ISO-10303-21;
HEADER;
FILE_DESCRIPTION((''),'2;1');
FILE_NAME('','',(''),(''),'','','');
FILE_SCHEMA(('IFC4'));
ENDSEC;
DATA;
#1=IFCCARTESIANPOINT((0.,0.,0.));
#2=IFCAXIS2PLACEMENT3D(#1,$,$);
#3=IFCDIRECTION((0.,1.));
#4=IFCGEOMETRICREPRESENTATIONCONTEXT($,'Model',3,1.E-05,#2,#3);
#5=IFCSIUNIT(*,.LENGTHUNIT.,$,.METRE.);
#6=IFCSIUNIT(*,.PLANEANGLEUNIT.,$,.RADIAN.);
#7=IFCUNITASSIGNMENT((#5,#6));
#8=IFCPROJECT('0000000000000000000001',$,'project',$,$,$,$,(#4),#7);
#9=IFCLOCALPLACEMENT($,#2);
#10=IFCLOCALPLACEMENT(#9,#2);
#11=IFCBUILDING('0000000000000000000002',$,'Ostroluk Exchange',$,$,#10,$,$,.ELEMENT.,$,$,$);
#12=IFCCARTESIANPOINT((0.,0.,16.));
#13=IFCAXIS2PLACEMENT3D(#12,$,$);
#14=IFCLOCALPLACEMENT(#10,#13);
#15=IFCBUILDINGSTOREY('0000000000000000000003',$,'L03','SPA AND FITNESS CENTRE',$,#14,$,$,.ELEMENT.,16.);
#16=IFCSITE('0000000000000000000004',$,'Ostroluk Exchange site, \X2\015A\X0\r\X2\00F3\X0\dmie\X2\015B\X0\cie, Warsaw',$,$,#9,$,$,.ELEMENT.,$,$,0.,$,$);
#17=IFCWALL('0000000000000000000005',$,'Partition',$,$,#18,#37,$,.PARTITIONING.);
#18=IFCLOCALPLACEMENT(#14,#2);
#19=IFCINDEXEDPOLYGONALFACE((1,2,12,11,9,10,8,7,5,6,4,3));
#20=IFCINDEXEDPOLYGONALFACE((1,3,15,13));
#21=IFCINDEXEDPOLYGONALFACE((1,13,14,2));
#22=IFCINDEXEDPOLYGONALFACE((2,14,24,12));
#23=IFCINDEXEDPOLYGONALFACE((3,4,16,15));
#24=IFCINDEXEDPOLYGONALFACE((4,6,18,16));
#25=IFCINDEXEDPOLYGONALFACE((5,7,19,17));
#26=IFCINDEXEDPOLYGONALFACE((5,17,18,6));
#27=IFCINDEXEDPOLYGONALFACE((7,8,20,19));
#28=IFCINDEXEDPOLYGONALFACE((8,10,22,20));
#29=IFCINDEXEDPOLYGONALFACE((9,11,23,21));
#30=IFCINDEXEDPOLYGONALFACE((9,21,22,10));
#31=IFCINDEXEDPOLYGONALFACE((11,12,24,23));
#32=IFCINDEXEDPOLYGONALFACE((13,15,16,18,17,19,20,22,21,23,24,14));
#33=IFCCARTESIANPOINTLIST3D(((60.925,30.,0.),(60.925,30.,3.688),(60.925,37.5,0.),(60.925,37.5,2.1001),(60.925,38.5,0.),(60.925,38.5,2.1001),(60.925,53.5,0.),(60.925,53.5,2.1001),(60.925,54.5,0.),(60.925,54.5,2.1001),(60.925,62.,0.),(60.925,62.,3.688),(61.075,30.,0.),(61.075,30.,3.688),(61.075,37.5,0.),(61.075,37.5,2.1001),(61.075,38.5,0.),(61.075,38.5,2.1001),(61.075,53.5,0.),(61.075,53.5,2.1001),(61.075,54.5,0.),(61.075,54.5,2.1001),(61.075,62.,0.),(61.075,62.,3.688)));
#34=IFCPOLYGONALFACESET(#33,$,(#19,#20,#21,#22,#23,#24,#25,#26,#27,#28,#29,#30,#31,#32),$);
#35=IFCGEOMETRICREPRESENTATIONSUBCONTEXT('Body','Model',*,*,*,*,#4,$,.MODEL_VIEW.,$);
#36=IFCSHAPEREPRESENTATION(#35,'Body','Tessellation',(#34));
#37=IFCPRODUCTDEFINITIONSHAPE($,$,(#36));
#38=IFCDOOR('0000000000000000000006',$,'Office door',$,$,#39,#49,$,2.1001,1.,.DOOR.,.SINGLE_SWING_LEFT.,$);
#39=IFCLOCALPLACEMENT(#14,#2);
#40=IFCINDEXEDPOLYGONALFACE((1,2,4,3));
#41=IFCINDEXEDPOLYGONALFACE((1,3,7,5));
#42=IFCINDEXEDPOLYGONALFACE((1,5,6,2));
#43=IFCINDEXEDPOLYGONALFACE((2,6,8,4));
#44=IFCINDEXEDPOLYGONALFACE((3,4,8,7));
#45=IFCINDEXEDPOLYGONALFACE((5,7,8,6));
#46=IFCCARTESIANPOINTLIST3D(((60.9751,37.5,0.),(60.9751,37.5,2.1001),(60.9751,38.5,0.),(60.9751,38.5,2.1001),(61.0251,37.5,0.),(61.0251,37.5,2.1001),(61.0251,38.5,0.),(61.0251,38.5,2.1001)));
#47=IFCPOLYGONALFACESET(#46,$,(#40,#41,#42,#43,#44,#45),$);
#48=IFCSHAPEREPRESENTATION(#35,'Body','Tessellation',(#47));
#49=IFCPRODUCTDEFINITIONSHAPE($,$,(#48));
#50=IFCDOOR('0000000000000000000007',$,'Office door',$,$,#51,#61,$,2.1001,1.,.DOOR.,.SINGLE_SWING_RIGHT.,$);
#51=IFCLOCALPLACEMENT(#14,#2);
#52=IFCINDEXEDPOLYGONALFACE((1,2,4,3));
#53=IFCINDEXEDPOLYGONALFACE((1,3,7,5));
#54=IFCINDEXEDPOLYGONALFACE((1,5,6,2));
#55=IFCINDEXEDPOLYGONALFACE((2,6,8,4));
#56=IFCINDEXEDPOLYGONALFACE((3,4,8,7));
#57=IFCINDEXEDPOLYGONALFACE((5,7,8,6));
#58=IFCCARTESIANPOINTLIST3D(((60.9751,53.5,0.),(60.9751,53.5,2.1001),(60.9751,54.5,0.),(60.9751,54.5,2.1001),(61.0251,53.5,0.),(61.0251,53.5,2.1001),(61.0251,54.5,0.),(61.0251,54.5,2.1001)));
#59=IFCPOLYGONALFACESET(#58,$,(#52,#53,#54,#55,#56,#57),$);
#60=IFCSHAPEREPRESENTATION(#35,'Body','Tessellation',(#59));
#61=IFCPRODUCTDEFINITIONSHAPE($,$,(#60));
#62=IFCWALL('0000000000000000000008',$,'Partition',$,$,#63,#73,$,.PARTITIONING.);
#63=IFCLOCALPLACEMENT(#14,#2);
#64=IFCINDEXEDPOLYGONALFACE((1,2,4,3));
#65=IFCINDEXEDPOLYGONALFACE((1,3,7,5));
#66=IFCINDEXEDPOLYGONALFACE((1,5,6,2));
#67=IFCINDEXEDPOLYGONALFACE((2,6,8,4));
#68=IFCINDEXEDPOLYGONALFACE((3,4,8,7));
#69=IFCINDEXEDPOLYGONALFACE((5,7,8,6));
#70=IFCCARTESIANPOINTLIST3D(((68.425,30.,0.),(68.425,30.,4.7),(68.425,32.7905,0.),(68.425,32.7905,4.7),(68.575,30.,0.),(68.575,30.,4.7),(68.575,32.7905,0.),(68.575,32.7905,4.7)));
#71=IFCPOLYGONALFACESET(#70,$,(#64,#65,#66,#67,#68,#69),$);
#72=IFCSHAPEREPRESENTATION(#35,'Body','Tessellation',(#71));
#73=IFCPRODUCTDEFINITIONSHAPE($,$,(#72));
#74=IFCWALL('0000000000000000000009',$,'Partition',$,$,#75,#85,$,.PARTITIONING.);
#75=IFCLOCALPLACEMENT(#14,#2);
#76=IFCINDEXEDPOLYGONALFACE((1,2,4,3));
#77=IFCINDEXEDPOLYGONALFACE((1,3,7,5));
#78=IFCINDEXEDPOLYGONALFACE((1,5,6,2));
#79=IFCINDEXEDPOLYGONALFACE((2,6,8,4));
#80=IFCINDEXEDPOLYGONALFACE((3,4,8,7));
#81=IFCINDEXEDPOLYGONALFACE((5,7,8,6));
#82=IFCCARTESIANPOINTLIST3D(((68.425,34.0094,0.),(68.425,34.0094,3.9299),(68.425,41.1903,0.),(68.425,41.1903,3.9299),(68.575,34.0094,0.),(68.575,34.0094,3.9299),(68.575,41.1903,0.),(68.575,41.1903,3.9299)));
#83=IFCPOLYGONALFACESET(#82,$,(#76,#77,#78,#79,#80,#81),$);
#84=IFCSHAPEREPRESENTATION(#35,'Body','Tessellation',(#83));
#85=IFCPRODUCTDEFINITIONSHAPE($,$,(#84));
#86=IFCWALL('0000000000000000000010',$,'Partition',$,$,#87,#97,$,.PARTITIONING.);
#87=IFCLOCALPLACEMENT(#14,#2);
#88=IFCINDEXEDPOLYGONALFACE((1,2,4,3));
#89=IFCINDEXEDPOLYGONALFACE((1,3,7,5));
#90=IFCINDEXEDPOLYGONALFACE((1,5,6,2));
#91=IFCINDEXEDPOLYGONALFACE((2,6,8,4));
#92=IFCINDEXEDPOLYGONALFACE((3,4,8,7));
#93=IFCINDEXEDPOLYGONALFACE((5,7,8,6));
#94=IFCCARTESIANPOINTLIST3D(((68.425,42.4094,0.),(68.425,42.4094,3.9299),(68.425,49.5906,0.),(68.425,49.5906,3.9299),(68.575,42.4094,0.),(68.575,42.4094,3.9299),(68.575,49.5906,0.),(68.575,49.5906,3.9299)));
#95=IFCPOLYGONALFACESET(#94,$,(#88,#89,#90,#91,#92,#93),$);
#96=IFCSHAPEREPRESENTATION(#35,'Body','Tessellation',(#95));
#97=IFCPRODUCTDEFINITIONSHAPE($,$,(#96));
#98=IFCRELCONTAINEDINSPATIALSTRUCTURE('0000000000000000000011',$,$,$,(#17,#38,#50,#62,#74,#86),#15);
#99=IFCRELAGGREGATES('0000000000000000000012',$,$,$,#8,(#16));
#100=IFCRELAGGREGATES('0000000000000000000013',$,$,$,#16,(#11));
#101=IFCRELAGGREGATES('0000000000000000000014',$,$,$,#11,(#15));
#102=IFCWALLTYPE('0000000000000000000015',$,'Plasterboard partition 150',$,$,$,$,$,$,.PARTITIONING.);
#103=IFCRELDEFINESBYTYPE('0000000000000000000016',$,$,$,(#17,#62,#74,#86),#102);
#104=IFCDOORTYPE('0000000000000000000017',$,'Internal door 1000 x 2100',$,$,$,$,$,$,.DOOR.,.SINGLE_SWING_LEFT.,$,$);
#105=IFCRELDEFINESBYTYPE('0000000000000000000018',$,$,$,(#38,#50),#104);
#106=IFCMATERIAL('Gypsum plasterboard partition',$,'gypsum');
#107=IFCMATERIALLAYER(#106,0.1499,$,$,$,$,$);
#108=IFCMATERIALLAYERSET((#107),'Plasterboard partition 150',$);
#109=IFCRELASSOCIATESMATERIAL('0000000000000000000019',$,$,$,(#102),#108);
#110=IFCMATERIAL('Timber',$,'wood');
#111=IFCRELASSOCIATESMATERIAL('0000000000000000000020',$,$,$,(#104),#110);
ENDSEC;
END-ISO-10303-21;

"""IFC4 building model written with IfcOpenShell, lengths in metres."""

from ifc_helpers import new_model, si_unit, direction, frame, frame_2d, origin, place, context, subcontext, project, spatial, rectangle, extrude, material, layer, layer_set, type_object, element, fill, save


model = new_model("IFC4")

# Units and contexts
model_context = context("Model", 3, precision=1e-05, world=origin(), true_north=direction((0.0, 1.0)))
body_context = subcontext(model_context, "Body", "Model", "MODEL_VIEW")
ifc_project = project(units=[si_unit("LENGTHUNIT", "METRE"), si_unit("PLANEANGLEUNIT", "RADIAN")], contexts=[model_context])

# Site, building, storey
site_placement = place(None, origin())
site = spatial("IfcSite", under=ifc_project, at=site_placement, Name="Ostroluk Exchange site, Śródmieście, Warsaw", CompositionType="ELEMENT", RefElevation=0.0)
building_placement = place(site_placement, origin())
building = spatial("IfcBuilding", under=site, at=building_placement, Name="Ostroluk Exchange", CompositionType="ELEMENT")
storey_placement = place(building_placement, frame((0.0, 0.0, 16.0)))
storey = spatial("IfcBuildingStorey", under=building, at=storey_placement, Name="L03", Description="SPA AND FITNESS CENTRE", CompositionType="ELEMENT", Elevation=16.0)

# Shared definitions
ifc_material_1 = material(Name="Gypsum plasterboard partition", Category="gypsum")
ifc_layer_1 = layer(ifc_material_1, 0.1499)
ifc_layer_set_1 = layer_set([ifc_layer_1], Name="Plasterboard partition 150")
wall_type_1 = type_object("IfcWallType", Name="Plasterboard partition 150", PredefinedType="PARTITIONING", material=ifc_layer_set_1)

# Wall, openings, doors
wall_1_placement = place(storey_placement, frame((61.0, 30.0, 0.0), z_axis=(0.0, 0.0, 1.0), x_axis=(0.0, 1.0, 0.0)))
wall_1 = element("IfcWall", 1, at=wall_1_placement, inside=storey, type_object=wall_type_1, Name="Partition", PredefinedType="PARTITIONING", context=body_context, shape_type="SweptSolid", body=[
    extrude(rectangle(XDim=32.0, YDim=0.1499, at=frame_2d((16.0, 0.0))), origin(), (0.0, 0.0, 1.0), 3.688),
])
opening_1_placement = place(wall_1_placement, frame((7.5, 0.0, 0.0)))
opening_1 = element("IfcOpeningElement", 2, at=opening_1_placement, cuts=wall_1, PredefinedType="OPENING", context=body_context, shape_type="SweptSolid", body=[
    extrude(rectangle(XDim=1.0, YDim=2.1001, at=frame_2d((0.5, 1.05))), frame((0.0, 0.085, 0.0), z_axis=(0.0, -1.0, 0.0), x_axis=(1.0, 0.0, 0.0)), (0.0, 0.0, 1.0), 0.1699),
])
opening_2_placement = place(wall_1_placement, frame((23.5, 0.0, 0.0)))
opening_2 = element("IfcOpeningElement", 3, at=opening_2_placement, cuts=wall_1, PredefinedType="OPENING", context=body_context, shape_type="SweptSolid", body=[
    extrude(rectangle(XDim=1.0, YDim=2.1001, at=frame_2d((0.5, 1.05))), frame((0.0, 0.085, 0.0), z_axis=(0.0, -1.0, 0.0), x_axis=(1.0, 0.0, 0.0)), (0.0, 0.0, 1.0), 0.1699),
])
ifc_material_2 = material(Name="Timber", Category="wood")
door_type_1 = type_object("IfcDoorType", Name="Internal door 1000 x 2100", OperationType="SINGLE_SWING_LEFT", PredefinedType="DOOR", material=ifc_material_2)
door_1_placement = place(opening_1_placement, origin())
door_1 = element("IfcDoor", 4, at=door_1_placement, inside=storey, type_object=door_type_1, Name="Office door", OperationType="SINGLE_SWING_LEFT", OverallHeight=2.1001, OverallWidth=1.0, PredefinedType="DOOR", context=body_context, shape_type="SweptSolid", body=[
    extrude(rectangle(XDim=1.0, YDim=2.1001, at=frame_2d((0.5, 1.05))), frame((0.0, 0.0249, 0.0), z_axis=(0.0, -1.0, 0.0), x_axis=(1.0, 0.0, 0.0)), (0.0, 0.0, 1.0), 0.05),
])
fill(opening_1, door_1)
door_2_placement = place(opening_2_placement, origin())
door_2 = element("IfcDoor", 5, at=door_2_placement, inside=storey, type_object=door_type_1, Name="Office door", OperationType="SINGLE_SWING_RIGHT", OverallHeight=2.1001, OverallWidth=1.0, PredefinedType="DOOR", context=body_context, shape_type="SweptSolid", body=[
    extrude(rectangle(XDim=1.0, YDim=2.1001, at=frame_2d((0.5, 1.05))), frame((0.0, 0.0249, 0.0), z_axis=(0.0, -1.0, 0.0), x_axis=(1.0, 0.0, 0.0)), (0.0, 0.0, 1.0), 0.05),
])
fill(opening_2, door_2)

# Walls
wall_2_placement = place(storey_placement, frame((68.5, 30.0, 0.0), z_axis=(0.0, 0.0, 1.0), x_axis=(0.0, 1.0, 0.0)))
element("IfcWall", 6, at=wall_2_placement, inside=storey, type_object=wall_type_1, Name="Partition", PredefinedType="PARTITIONING", context=body_context, shape_type="SweptSolid", body=[
    extrude(rectangle(XDim=2.7905, YDim=0.1499, at=frame_2d((1.3953, 0.0))), origin(), (0.0, 0.0, 1.0), 4.7),
])
wall_3_placement = place(storey_placement, frame((68.5, 34.0095, 0.0), z_axis=(0.0, 0.0, 1.0), x_axis=(0.0, 1.0, 0.0)))
element("IfcWall", 7, at=wall_3_placement, inside=storey, type_object=wall_type_1, Name="Partition", PredefinedType="PARTITIONING", context=body_context, shape_type="SweptSolid", body=[
    extrude(rectangle(XDim=7.1809, YDim=0.1499, at=frame_2d((3.5903, 0.0))), origin(), (0.0, 0.0, 1.0), 3.9299),
])
wall_4_placement = place(storey_placement, frame((68.5, 42.4094, 0.0), z_axis=(0.0, 0.0, 1.0), x_axis=(0.0, 1.0, 0.0)))
element("IfcWall", 8, at=wall_4_placement, inside=storey, type_object=wall_type_1, Name="Partition", PredefinedType="PARTITIONING", context=body_context, shape_type="SweptSolid", body=[
    extrude(rectangle(XDim=7.1812, YDim=0.1499, at=frame_2d((3.5906, 0.0))), origin(), (0.0, 0.0, 1.0), 3.9299),
])

save(model, "model.ifc")
